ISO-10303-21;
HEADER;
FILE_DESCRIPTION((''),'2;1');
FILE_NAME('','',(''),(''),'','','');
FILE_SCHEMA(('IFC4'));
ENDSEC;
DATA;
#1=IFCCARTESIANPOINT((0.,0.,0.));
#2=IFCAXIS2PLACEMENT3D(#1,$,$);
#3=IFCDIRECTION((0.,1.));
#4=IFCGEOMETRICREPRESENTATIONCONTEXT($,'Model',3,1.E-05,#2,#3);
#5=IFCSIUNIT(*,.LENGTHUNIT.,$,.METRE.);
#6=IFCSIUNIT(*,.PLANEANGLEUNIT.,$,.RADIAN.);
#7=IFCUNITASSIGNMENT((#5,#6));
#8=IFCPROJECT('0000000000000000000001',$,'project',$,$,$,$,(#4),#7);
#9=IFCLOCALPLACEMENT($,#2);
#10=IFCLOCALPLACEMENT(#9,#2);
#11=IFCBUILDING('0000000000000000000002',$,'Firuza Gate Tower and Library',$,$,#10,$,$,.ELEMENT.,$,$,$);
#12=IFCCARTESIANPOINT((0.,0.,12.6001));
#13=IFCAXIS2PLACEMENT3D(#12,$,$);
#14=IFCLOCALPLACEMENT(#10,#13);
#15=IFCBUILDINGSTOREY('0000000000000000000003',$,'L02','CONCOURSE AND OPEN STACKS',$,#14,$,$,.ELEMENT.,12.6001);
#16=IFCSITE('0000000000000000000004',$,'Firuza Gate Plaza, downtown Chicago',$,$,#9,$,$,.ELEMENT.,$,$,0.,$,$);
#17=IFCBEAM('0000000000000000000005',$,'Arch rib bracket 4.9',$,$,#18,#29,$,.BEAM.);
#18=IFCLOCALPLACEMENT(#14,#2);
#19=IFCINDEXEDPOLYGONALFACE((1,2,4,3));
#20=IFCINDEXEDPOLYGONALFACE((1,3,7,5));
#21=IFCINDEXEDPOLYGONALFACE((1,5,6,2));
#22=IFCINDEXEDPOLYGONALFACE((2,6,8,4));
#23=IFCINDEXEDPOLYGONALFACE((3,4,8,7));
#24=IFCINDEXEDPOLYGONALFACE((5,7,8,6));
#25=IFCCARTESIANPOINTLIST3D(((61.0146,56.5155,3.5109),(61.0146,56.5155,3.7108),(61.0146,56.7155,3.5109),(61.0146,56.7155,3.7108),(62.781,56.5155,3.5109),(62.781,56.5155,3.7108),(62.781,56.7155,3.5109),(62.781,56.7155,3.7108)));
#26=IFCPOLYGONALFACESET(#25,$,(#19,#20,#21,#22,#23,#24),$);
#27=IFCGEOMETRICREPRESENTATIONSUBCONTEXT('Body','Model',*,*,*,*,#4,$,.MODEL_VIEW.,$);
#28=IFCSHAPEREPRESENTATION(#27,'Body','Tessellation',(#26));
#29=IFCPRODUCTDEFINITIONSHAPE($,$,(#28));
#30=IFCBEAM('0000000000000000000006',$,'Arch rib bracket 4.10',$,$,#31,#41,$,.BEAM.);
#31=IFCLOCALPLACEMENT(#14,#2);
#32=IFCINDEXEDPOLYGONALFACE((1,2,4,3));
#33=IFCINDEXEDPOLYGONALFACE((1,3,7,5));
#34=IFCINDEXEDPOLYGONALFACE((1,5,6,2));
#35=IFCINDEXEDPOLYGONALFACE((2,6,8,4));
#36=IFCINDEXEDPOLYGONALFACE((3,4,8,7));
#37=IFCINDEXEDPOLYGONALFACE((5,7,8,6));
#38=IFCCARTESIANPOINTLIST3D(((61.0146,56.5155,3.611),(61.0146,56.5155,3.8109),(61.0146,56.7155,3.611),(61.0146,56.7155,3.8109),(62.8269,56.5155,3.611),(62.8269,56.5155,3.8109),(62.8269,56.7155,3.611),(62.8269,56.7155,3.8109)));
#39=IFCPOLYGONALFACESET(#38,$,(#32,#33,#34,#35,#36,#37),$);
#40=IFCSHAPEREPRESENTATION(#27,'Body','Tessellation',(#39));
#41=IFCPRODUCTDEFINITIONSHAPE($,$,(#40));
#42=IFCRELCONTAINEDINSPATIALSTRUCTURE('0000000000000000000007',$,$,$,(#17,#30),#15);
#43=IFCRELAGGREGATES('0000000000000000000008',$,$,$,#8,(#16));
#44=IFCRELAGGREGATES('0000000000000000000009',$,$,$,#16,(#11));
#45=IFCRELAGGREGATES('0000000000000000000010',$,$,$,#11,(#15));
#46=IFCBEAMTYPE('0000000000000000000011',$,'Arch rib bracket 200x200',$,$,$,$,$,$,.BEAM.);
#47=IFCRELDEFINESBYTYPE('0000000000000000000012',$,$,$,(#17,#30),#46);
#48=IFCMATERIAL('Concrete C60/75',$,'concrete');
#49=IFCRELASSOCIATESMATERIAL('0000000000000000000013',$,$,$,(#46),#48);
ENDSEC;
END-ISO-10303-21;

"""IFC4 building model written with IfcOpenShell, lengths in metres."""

from ifc_helpers import new_model, si_unit, direction, frame, origin, origin_2d, place, context, subcontext, project, spatial, rectangle, extrude, material, material_profile, profile_set, type_object, element, save


model = new_model("IFC4")

# Units and contexts
model_context = context("Model", 3, precision=1e-05, world=origin(), true_north=direction((0.0, 1.0)))
body_context = subcontext(model_context, "Body", "Model", "MODEL_VIEW")
ifc_project = project(units=[si_unit("LENGTHUNIT", "METRE"), si_unit("PLANEANGLEUNIT", "RADIAN")], contexts=[model_context])

# Site, building, storey
site_placement = place(None, origin())
site = spatial("IfcSite", under=ifc_project, at=site_placement, Name="Firuza Gate Plaza, downtown Chicago", CompositionType="ELEMENT", RefElevation=0.0)
building_placement = place(site_placement, origin())
building = spatial("IfcBuilding", under=site, at=building_placement, Name="Firuza Gate Tower and Library", CompositionType="ELEMENT")
storey_placement = place(building_placement, frame((0.0, 0.0, 12.6001)))
storey = spatial("IfcBuildingStorey", under=building, at=storey_placement, Name="L02", Description="CONCOURSE AND OPEN STACKS", CompositionType="ELEMENT", Elevation=12.6001)

# Beams
ifc_material_1 = material(Name="Concrete C60/75", Category="concrete")
ifc_material_profile_1 = material_profile(ifc_material_1, rectangle(XDim=0.2, YDim=0.2, at=origin_2d()))
ifc_profile_set_1 = profile_set([ifc_material_profile_1], Name="Concrete C60/75")
beam_type = type_object("IfcBeamType", Name="Arch rib bracket 200x200", PredefinedType="BEAM", material=ifc_profile_set_1)
beam_1_placement = place(storey_placement, frame((61.0146, 56.6155, 3.6108), z_axis=(1.0, 0.0, 0.0), x_axis=(0.0, 1.0, 0.0)))
element("IfcBeam", 1, at=beam_1_placement, inside=storey, type_object=beam_type, Name="Arch rib bracket 4.9", PredefinedType="BEAM", context=body_context, shape_type="SweptSolid", body=[
    extrude(rectangle(XDim=0.2, YDim=0.2, at=origin_2d()), origin(), (0.0, 0.0, 1.0), 1.7664),
])
beam_2_placement = place(storey_placement, frame((61.0146, 56.6155, 3.7109), z_axis=(1.0, 0.0, 0.0), x_axis=(0.0, 1.0, 0.0)))
element("IfcBeam", 2, at=beam_2_placement, inside=storey, type_object=beam_type, Name="Arch rib bracket 4.10", PredefinedType="BEAM", context=body_context, shape_type="SweptSolid", body=[
    extrude(rectangle(XDim=0.2, YDim=0.2, at=origin_2d()), origin(), (0.0, 0.0, 1.0), 1.8123),
])

save(model, "model.ifc")
